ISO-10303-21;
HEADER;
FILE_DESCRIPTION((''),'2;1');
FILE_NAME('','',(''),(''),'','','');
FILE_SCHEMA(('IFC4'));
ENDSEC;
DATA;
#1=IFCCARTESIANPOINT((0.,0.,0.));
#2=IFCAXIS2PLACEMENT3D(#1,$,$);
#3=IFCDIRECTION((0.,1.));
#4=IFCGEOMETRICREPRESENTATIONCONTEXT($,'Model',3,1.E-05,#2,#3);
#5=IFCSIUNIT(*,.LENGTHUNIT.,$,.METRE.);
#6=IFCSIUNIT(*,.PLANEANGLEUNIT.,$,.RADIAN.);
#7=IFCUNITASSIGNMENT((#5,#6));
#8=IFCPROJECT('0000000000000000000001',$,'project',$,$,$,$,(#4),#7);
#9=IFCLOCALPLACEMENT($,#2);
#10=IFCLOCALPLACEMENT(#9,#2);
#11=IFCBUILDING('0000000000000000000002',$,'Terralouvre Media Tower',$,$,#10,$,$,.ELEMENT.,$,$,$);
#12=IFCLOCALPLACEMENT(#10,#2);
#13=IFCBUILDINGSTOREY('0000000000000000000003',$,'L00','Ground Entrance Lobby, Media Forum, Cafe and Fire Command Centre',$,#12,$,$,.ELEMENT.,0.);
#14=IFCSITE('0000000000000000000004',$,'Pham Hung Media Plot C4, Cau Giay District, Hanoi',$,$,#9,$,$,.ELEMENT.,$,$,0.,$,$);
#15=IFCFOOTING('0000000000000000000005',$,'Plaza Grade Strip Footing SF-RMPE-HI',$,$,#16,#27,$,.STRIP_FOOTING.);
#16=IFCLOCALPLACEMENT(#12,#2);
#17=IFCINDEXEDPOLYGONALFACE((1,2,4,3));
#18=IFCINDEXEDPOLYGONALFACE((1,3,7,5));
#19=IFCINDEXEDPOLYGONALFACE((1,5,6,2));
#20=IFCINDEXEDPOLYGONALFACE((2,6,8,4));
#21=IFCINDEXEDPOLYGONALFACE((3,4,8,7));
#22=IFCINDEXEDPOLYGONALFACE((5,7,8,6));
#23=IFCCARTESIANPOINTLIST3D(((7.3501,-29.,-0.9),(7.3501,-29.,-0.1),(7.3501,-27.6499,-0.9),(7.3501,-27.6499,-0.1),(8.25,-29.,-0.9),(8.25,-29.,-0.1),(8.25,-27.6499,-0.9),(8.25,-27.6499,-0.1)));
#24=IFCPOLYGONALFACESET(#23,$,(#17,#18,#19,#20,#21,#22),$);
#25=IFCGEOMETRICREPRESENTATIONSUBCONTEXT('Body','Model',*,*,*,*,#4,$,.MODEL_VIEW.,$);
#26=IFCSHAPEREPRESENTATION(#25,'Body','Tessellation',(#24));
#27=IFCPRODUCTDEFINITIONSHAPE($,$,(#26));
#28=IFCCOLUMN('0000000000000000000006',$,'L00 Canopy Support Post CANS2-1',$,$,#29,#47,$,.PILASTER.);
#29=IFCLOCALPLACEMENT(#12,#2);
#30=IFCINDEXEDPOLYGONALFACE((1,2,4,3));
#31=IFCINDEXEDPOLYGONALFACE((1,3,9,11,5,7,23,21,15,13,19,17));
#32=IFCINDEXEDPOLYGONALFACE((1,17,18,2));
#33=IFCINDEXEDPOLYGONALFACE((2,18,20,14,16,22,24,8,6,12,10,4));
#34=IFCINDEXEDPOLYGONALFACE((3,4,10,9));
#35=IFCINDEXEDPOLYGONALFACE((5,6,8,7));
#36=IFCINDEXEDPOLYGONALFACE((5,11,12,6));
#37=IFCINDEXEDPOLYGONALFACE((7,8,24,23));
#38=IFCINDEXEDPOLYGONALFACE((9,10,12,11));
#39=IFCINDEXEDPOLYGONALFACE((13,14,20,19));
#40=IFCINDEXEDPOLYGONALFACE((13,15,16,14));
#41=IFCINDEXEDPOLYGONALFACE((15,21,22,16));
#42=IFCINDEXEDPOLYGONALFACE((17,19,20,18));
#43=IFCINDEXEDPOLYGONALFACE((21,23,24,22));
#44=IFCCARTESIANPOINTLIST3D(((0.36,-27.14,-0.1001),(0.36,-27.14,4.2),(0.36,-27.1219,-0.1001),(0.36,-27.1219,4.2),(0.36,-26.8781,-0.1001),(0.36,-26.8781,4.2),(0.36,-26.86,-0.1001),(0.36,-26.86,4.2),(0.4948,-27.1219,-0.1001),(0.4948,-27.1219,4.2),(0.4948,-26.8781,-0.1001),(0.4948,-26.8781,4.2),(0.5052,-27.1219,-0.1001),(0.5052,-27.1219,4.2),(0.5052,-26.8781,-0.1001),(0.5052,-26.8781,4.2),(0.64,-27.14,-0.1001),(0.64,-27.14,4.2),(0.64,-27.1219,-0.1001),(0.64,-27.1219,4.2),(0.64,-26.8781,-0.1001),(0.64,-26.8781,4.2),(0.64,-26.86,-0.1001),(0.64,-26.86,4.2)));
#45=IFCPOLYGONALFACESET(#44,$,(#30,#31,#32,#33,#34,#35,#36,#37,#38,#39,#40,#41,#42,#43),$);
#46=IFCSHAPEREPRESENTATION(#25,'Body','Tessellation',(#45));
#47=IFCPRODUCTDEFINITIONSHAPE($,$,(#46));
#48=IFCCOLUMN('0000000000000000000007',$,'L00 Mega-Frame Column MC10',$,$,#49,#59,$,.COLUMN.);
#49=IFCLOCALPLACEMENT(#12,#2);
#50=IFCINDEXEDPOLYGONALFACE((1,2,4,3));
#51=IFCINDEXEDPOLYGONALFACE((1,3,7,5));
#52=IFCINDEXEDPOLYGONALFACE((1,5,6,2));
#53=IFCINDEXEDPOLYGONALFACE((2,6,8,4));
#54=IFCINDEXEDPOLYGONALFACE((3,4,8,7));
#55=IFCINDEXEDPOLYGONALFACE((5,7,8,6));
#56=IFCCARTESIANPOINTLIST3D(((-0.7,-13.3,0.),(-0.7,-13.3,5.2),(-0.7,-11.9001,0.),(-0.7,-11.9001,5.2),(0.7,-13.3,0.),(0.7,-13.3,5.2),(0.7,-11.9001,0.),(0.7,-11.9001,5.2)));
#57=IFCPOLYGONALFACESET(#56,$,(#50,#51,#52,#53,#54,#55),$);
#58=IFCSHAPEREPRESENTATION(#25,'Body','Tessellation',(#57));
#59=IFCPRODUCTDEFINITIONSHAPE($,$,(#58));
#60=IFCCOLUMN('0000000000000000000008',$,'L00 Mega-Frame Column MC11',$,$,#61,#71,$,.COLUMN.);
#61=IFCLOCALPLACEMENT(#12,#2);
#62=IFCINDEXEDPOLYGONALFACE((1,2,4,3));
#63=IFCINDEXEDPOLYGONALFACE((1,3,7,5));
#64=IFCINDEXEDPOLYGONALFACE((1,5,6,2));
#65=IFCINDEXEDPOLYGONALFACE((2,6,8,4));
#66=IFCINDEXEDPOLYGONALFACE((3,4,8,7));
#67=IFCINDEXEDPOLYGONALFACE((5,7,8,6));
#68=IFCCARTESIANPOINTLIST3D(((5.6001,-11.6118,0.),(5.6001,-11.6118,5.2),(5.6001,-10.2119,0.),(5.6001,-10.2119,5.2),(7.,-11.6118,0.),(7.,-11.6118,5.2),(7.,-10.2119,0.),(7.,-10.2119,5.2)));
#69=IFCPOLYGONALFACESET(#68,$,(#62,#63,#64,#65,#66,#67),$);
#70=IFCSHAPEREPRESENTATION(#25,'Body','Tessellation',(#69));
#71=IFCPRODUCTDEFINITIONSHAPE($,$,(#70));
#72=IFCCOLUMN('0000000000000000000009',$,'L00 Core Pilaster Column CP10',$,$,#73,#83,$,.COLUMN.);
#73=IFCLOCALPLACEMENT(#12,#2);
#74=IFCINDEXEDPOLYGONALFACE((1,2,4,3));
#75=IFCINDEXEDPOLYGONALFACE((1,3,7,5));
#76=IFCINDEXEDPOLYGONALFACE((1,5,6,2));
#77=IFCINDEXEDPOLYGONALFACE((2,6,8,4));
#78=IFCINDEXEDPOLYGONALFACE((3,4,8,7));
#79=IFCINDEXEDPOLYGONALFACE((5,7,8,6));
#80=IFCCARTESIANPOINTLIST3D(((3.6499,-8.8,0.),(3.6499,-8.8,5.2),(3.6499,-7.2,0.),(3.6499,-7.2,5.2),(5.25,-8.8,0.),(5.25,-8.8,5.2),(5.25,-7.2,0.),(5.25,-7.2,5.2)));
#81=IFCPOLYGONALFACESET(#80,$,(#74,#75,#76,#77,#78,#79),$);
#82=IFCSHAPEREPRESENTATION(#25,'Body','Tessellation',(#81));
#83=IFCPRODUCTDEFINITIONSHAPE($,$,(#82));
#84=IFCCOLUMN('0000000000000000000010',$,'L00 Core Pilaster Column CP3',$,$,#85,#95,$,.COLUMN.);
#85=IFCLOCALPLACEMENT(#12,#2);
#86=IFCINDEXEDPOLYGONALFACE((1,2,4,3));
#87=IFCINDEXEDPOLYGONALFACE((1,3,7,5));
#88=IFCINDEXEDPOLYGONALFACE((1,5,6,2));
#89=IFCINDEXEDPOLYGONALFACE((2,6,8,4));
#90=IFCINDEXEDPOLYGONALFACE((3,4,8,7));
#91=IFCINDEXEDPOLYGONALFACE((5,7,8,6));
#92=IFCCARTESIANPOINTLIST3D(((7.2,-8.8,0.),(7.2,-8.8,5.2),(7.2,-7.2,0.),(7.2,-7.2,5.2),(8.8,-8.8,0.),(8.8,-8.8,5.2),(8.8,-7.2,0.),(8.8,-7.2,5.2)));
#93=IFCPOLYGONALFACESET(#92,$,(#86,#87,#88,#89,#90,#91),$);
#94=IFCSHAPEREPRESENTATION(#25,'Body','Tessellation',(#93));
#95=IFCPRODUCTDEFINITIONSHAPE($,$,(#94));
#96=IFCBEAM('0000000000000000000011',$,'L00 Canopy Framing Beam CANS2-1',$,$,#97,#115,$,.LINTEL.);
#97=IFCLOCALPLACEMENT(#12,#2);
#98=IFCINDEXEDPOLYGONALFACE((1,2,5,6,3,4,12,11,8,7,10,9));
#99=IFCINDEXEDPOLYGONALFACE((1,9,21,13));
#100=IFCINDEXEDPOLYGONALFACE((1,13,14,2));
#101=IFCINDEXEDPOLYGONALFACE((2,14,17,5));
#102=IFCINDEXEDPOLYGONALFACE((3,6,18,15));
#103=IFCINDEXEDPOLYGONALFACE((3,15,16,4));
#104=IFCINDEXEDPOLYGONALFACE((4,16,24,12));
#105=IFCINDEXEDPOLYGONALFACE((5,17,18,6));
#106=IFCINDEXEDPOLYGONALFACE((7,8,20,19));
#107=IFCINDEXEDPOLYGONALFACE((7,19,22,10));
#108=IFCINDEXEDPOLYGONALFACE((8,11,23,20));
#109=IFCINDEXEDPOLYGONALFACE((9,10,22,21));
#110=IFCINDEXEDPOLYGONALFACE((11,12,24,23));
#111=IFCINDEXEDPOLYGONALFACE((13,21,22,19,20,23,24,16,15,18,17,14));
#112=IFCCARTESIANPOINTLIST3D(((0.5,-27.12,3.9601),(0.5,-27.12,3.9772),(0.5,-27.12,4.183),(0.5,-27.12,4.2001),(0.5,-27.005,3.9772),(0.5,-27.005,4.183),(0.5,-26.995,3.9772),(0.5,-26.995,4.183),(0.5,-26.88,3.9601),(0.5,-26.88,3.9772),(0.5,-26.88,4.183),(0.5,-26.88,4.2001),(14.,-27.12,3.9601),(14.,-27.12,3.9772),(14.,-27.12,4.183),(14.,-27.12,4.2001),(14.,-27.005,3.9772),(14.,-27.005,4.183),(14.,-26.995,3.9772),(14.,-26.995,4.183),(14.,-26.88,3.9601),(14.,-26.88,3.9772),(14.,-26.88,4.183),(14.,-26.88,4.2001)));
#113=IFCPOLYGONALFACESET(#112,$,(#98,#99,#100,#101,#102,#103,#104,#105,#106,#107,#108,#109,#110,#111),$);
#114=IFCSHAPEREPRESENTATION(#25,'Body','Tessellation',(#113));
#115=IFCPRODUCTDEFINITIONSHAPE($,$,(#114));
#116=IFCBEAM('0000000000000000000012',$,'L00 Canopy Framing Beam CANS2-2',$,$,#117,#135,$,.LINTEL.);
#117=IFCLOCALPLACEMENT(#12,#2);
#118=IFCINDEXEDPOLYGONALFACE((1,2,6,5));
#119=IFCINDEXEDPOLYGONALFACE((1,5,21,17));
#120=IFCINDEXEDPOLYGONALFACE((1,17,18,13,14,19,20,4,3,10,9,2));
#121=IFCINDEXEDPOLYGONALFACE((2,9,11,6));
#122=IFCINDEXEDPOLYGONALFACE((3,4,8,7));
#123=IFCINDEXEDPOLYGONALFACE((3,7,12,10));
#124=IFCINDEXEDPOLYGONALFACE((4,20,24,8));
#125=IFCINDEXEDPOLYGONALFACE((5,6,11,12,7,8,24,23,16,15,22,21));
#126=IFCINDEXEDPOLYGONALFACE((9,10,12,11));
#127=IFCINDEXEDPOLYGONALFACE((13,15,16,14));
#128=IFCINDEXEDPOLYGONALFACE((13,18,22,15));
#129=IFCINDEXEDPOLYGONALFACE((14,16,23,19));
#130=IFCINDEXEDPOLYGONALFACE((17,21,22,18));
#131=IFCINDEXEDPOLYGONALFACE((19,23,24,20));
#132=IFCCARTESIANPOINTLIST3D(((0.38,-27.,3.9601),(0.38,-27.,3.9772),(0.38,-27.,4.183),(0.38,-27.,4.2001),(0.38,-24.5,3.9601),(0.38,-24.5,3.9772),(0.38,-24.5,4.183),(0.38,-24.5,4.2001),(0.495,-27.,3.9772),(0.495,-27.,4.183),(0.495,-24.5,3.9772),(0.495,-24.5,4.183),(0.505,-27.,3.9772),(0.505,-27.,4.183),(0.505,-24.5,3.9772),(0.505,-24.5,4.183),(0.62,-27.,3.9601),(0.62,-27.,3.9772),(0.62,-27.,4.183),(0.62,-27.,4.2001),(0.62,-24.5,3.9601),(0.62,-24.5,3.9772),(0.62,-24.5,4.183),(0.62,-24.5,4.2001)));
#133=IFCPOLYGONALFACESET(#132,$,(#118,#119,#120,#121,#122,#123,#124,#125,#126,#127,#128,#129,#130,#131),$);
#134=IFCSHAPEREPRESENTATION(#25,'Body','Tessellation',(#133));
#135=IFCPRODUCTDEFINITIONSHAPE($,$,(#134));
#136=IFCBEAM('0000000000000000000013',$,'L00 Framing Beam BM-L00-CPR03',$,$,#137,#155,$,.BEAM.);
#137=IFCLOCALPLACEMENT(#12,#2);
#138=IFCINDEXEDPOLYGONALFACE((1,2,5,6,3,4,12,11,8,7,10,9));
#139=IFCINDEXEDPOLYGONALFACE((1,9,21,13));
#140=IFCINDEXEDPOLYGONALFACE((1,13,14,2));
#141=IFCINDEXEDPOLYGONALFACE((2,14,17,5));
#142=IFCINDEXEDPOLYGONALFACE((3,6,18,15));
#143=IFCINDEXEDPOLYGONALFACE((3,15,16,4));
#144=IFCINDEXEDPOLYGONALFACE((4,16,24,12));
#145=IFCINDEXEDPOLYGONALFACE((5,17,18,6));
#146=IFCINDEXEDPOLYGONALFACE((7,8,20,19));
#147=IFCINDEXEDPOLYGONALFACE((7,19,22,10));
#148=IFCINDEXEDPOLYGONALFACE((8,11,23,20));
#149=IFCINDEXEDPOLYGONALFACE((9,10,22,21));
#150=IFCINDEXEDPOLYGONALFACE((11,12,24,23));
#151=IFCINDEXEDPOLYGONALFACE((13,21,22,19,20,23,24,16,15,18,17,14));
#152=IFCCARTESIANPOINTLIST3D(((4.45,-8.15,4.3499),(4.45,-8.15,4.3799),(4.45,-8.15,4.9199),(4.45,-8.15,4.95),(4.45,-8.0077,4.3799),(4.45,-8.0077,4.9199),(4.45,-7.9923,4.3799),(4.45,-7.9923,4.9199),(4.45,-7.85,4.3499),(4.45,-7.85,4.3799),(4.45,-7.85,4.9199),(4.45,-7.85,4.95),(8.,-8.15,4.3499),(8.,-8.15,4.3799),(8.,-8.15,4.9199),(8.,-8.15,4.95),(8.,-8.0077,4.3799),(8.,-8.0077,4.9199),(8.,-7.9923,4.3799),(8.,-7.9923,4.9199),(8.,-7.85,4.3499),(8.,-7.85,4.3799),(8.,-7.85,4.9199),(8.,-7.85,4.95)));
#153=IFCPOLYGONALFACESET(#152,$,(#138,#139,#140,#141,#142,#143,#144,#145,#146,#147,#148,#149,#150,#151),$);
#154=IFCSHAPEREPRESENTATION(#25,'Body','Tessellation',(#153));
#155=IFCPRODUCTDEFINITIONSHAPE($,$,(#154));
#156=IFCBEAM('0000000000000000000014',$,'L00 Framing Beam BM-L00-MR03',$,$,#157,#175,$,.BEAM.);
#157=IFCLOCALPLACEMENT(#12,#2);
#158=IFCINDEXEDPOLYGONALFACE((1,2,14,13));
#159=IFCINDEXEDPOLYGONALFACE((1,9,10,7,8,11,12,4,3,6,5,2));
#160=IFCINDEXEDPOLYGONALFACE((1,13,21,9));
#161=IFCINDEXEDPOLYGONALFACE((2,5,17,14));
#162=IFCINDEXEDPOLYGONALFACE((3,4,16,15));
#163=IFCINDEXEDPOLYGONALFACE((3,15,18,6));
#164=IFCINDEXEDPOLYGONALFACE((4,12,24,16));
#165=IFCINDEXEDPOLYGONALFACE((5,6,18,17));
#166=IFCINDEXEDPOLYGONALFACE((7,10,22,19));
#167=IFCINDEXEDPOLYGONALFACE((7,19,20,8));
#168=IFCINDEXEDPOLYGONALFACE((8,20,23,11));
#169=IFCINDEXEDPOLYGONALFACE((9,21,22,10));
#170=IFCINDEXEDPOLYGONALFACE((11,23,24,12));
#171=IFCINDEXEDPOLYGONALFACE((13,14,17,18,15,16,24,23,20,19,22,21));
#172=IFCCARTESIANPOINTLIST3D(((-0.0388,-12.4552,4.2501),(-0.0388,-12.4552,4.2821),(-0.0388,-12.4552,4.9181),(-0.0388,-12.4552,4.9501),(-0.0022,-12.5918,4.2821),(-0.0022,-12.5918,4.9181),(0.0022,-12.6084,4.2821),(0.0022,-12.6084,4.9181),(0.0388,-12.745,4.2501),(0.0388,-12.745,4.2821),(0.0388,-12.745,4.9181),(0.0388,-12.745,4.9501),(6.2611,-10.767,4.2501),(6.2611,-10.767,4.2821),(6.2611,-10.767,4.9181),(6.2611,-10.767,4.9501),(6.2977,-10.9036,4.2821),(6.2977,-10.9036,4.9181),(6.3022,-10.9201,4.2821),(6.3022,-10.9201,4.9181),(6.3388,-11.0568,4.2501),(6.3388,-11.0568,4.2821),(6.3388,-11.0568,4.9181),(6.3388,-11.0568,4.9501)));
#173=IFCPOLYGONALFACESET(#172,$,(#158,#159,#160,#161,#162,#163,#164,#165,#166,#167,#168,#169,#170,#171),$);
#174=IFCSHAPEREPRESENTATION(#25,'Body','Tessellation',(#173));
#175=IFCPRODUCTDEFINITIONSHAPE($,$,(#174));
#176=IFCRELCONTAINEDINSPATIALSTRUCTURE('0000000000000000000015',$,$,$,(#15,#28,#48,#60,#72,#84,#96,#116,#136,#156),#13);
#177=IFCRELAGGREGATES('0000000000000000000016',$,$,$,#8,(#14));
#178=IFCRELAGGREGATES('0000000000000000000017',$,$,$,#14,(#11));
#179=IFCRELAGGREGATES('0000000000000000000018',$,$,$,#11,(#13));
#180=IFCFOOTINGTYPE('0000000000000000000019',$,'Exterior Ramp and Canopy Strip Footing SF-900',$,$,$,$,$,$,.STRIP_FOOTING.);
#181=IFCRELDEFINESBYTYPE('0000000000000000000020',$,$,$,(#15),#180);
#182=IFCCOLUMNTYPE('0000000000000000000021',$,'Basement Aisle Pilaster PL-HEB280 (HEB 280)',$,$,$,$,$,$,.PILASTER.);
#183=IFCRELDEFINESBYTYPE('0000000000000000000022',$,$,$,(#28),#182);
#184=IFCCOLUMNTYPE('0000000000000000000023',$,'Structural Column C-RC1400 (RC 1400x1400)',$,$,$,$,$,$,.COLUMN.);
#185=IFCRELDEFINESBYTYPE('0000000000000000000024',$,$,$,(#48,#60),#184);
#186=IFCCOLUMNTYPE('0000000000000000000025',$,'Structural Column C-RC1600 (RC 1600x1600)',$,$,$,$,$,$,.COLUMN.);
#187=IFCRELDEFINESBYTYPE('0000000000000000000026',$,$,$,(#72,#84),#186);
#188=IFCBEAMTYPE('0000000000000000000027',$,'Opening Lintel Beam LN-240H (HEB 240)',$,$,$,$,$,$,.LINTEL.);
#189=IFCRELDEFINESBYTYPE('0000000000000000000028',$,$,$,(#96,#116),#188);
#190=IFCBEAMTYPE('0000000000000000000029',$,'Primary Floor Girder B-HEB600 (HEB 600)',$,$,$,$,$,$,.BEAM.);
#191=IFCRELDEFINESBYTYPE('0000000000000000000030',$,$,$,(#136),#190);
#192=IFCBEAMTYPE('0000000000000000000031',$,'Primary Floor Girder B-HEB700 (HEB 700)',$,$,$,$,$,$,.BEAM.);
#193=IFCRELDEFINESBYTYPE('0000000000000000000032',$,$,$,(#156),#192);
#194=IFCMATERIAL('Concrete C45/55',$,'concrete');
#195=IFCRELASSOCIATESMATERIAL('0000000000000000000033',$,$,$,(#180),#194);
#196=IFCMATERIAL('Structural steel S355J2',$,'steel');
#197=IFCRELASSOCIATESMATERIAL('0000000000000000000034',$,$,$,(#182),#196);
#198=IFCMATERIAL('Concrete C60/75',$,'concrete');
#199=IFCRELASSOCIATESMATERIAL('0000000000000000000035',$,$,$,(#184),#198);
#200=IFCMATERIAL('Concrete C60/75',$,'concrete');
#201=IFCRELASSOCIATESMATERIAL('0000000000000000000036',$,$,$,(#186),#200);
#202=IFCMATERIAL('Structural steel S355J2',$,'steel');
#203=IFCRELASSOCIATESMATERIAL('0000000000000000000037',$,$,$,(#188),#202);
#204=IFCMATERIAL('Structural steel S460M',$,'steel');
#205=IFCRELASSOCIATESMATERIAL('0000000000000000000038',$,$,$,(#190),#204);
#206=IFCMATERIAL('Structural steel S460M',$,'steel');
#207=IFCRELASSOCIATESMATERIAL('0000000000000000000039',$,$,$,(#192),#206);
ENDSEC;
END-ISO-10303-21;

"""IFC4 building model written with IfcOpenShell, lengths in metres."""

from ifc_helpers import new_model, si_unit, direction, frame, origin, origin_2d, place, context, subcontext, project, spatial, rectangle, i_section, extrude, material, material_profile, profile_set, type_object, element, save


model = new_model("IFC4")

# Units and contexts
model_context = context("Model", 3, precision=1e-05, world=origin(), true_north=direction((0.0, 1.0)))
body_context = subcontext(model_context, "Body", "Model", "MODEL_VIEW")
ifc_project = project(units=[si_unit("LENGTHUNIT", "METRE"), si_unit("PLANEANGLEUNIT", "RADIAN")], contexts=[model_context])

# Site, building, storey
site_placement = place(None, origin())
site = spatial("IfcSite", under=ifc_project, at=site_placement, Name="Pham Hung Media Plot C4, Cau Giay District, Hanoi", CompositionType="ELEMENT", RefElevation=0.0)
building_placement = place(site_placement, origin())
building = spatial("IfcBuilding", under=site, at=building_placement, Name="Terralouvre Media Tower", CompositionType="ELEMENT")
storey_placement = place(building_placement, origin())
storey = spatial("IfcBuildingStorey", under=building, at=storey_placement, Name="L00", Description="Ground Entrance Lobby, Media Forum, Cafe and Fire Command Centre", CompositionType="ELEMENT", Elevation=0.0)

# Footing
ifc_material_1 = material(Name="Concrete C45/55", Category="concrete")
ifc_material_profile_1 = material_profile(ifc_material_1, rectangle(XDim=0.8999, YDim=0.8, at=origin_2d()), Name="SF 900x800")
ifc_profile_set_1 = profile_set([ifc_material_profile_1], Name="Concrete C45/55")
footing_type = type_object("IfcFootingType", Name="Exterior Ramp and Canopy Strip Footing SF-900", PredefinedType="STRIP_FOOTING", material=ifc_profile_set_1)
footing_placement = place(storey_placement, frame((7.8, -29.0, -0.5), z_axis=(0.0, 1.0, 0.0), x_axis=(-1.0, 0.0, 0.0)))
element("IfcFooting", 1, at=footing_placement, inside=storey, type_object=footing_type, Name="Plaza Grade Strip Footing SF-RMPE-HI", PredefinedType="STRIP_FOOTING", context=body_context, shape_type="SweptSolid", body=[
    extrude(rectangle(XDim=0.8999, YDim=0.8, at=origin_2d()), origin(), (0.0, 0.0, 1.0), 1.3501),
])

# Columns
ifc_material_2 = material(Name="Structural steel S355J2", Category="steel")
ifc_material_profile_2 = material_profile(ifc_material_2, i_section(OverallWidth=0.28, OverallDepth=0.28, WebThickness=0.0105, FlangeThickness=0.0181, at=origin_2d()), Name="HEB 280")
ifc_profile_set_2 = profile_set([ifc_material_profile_2], Name="Structural steel S355J2")
column_type_1 = type_object("IfcColumnType", Name="Basement Aisle Pilaster PL-HEB280 (HEB 280)", PredefinedType="PILASTER", material=ifc_profile_set_2)
column_placement = place(storey_placement, frame((0.5, -27.0, -0.1001), z_axis=(0.0, 0.0, 1.0), x_axis=(1.0, 0.0, 0.0)))
element("IfcColumn", 2, at=column_placement, inside=storey, type_object=column_type_1, Name="L00 Canopy Support Post CANS2-1", PredefinedType="PILASTER", context=body_context, shape_type="SweptSolid", body=[
    extrude(i_section(OverallWidth=0.28, OverallDepth=0.28, WebThickness=0.0105, FlangeThickness=0.0181, at=origin_2d()), origin(), (0.0, 0.0, 1.0), 4.3),
])
ifc_material_3 = material(Name="Concrete C60/75", Category="concrete")
ifc_material_profile_3 = material_profile(ifc_material_3, rectangle(XDim=1.3999, YDim=1.3999, at=origin_2d()), Name="RC 1400x1400")
ifc_profile_set_3 = profile_set([ifc_material_profile_3], Name="Concrete C60/75")
column_type_2 = type_object("IfcColumnType", Name="Structural Column C-RC1400 (RC 1400x1400)", PredefinedType="COLUMN", material=ifc_profile_set_3)
for number, where, z_axis, x_axis, name in (
    (3, (0.0, -12.6001, 0.0), (0.0, 0.0, 1.0), (1.0, 0.0, 0.0), "L00 Mega-Frame Column MC10"),
    (4, (6.3, -10.9119, 0.0), (0.0, 0.0, 1.0), (1.0, 0.0, 0.0), "L00 Mega-Frame Column MC11"),
):
    element("IfcColumn", number, at=place(storey_placement, frame(where, z_axis=z_axis, x_axis=x_axis)), inside=storey, type_object=column_type_2, Name=name, PredefinedType="COLUMN", context=body_context, shape_type="SweptSolid", body=[
        extrude(rectangle(XDim=1.3999, YDim=1.3999, at=origin_2d()), origin(), (0.0, 0.0, 1.0), 5.2),
    ])
ifc_material_4 = material(Name="Concrete C60/75", Category="concrete")
ifc_material_profile_4 = material_profile(ifc_material_4, rectangle(XDim=1.6001, YDim=1.6001, at=origin_2d()), Name="RC 1600x1600")
ifc_profile_set_4 = profile_set([ifc_material_profile_4], Name="Concrete C60/75")
column_type_3 = type_object("IfcColumnType", Name="Structural Column C-RC1600 (RC 1600x1600)", PredefinedType="COLUMN", material=ifc_profile_set_4)
for number, where, z_axis, x_axis, name in (
    (5, (4.45, -8.0, 0.0), (0.0, 0.0, 1.0), (1.0, 0.0, 0.0), "L00 Core Pilaster Column CP10"),
    (6, (8.0, -8.0, 0.0), (0.0, 0.0, 1.0), (1.0, 0.0, 0.0), "L00 Core Pilaster Column CP3"),
):
    element("IfcColumn", number, at=place(storey_placement, frame(where, z_axis=z_axis, x_axis=x_axis)), inside=storey, type_object=column_type_3, Name=name, PredefinedType="COLUMN", context=body_context, shape_type="SweptSolid", body=[
        extrude(rectangle(XDim=1.6001, YDim=1.6001, at=origin_2d()), origin(), (0.0, 0.0, 1.0), 5.2),
    ])

# Beams
ifc_material_5 = material(Name="Structural steel S355J2", Category="steel")
ifc_material_profile_5 = material_profile(ifc_material_5, i_section(OverallWidth=0.24, OverallDepth=0.24, WebThickness=0.01, FlangeThickness=0.0171, at=origin_2d()), Name="HEB 240")
ifc_profile_set_5 = profile_set([ifc_material_profile_5], Name="Structural steel S355J2")
beam_type_1 = type_object("IfcBeamType", Name="Opening Lintel Beam LN-240H (HEB 240)", PredefinedType="LINTEL", material=ifc_profile_set_5)
beam_1_placement = place(storey_placement, frame((0.5, -27.0, 4.0801), z_axis=(1.0, 0.0, 0.0), x_axis=(0.0, 1.0, 0.0)))
element("IfcBeam", 7, at=beam_1_placement, inside=storey, type_object=beam_type_1, Name="L00 Canopy Framing Beam CANS2-1", PredefinedType="LINTEL", context=body_context, shape_type="SweptSolid", body=[
    extrude(i_section(OverallWidth=0.24, OverallDepth=0.24, WebThickness=0.01, FlangeThickness=0.0171, at=origin_2d()), origin(), (0.0, 0.0, 1.0), 13.5),
])
beam_2_placement = place(storey_placement, frame((0.5, -27.0, 4.0801), z_axis=(0.0, 1.0, 0.0), x_axis=(-1.0, 0.0, 0.0)))
element("IfcBeam", 8, at=beam_2_placement, inside=storey, type_object=beam_type_1, Name="L00 Canopy Framing Beam CANS2-2", PredefinedType="LINTEL", context=body_context, shape_type="SweptSolid", body=[
    extrude(i_section(OverallWidth=0.24, OverallDepth=0.24, WebThickness=0.01, FlangeThickness=0.0171, at=origin_2d()), origin(), (0.0, 0.0, 1.0), 2.5),
])
ifc_material_6 = material(Name="Structural steel S460M", Category="steel")
ifc_material_profile_6 = material_profile(ifc_material_6, i_section(OverallWidth=0.3, OverallDepth=0.6001, WebThickness=0.0154, FlangeThickness=0.03, at=origin_2d()), Name="HEB 600")
ifc_profile_set_6 = profile_set([ifc_material_profile_6], Name="Structural steel S460M")
beam_type_2 = type_object("IfcBeamType", Name="Primary Floor Girder B-HEB600 (HEB 600)", PredefinedType="BEAM", material=ifc_profile_set_6)
beam_3_placement = place(storey_placement, frame((4.45, -8.0, 4.6499), z_axis=(1.0, 0.0, 0.0), x_axis=(0.0, 1.0, 0.0)))
element("IfcBeam", 9, at=beam_3_placement, inside=storey, type_object=beam_type_2, Name="L00 Framing Beam BM-L00-CPR03", PredefinedType="BEAM", context=body_context, shape_type="SweptSolid", body=[
    extrude(i_section(OverallWidth=0.3, OverallDepth=0.6001, WebThickness=0.0154, FlangeThickness=0.03, at=origin_2d()), origin(), (0.0, 0.0, 1.0), 3.55),
])
ifc_material_7 = material(Name="Structural steel S460M", Category="steel")
ifc_material_profile_7 = material_profile(ifc_material_7, i_section(OverallWidth=0.3, OverallDepth=0.7, WebThickness=0.0171, FlangeThickness=0.032, at=origin_2d()), Name="HEB 700")
ifc_profile_set_7 = profile_set([ifc_material_profile_7], Name="Structural steel S460M")
beam_type_3 = type_object("IfcBeamType", Name="Primary Floor Girder B-HEB700 (HEB 700)", PredefinedType="BEAM", material=ifc_profile_set_7)
beam_4_placement = place(storey_placement, frame((0.0, -12.6001, 4.6001), z_axis=(0.96592, 0.258839, 0.0), x_axis=(-0.258839, 0.96592, 0.0)))
element("IfcBeam", 10, at=beam_4_placement, inside=storey, type_object=beam_type_3, Name="L00 Framing Beam BM-L00-MR03", PredefinedType="BEAM", context=body_context, shape_type="SweptSolid", body=[
    extrude(i_section(OverallWidth=0.3, OverallDepth=0.7, WebThickness=0.0171, FlangeThickness=0.032, at=origin_2d()), origin(), (0.0, 0.0, 1.0), 6.5222),
])

save(model, "model.ifc")
